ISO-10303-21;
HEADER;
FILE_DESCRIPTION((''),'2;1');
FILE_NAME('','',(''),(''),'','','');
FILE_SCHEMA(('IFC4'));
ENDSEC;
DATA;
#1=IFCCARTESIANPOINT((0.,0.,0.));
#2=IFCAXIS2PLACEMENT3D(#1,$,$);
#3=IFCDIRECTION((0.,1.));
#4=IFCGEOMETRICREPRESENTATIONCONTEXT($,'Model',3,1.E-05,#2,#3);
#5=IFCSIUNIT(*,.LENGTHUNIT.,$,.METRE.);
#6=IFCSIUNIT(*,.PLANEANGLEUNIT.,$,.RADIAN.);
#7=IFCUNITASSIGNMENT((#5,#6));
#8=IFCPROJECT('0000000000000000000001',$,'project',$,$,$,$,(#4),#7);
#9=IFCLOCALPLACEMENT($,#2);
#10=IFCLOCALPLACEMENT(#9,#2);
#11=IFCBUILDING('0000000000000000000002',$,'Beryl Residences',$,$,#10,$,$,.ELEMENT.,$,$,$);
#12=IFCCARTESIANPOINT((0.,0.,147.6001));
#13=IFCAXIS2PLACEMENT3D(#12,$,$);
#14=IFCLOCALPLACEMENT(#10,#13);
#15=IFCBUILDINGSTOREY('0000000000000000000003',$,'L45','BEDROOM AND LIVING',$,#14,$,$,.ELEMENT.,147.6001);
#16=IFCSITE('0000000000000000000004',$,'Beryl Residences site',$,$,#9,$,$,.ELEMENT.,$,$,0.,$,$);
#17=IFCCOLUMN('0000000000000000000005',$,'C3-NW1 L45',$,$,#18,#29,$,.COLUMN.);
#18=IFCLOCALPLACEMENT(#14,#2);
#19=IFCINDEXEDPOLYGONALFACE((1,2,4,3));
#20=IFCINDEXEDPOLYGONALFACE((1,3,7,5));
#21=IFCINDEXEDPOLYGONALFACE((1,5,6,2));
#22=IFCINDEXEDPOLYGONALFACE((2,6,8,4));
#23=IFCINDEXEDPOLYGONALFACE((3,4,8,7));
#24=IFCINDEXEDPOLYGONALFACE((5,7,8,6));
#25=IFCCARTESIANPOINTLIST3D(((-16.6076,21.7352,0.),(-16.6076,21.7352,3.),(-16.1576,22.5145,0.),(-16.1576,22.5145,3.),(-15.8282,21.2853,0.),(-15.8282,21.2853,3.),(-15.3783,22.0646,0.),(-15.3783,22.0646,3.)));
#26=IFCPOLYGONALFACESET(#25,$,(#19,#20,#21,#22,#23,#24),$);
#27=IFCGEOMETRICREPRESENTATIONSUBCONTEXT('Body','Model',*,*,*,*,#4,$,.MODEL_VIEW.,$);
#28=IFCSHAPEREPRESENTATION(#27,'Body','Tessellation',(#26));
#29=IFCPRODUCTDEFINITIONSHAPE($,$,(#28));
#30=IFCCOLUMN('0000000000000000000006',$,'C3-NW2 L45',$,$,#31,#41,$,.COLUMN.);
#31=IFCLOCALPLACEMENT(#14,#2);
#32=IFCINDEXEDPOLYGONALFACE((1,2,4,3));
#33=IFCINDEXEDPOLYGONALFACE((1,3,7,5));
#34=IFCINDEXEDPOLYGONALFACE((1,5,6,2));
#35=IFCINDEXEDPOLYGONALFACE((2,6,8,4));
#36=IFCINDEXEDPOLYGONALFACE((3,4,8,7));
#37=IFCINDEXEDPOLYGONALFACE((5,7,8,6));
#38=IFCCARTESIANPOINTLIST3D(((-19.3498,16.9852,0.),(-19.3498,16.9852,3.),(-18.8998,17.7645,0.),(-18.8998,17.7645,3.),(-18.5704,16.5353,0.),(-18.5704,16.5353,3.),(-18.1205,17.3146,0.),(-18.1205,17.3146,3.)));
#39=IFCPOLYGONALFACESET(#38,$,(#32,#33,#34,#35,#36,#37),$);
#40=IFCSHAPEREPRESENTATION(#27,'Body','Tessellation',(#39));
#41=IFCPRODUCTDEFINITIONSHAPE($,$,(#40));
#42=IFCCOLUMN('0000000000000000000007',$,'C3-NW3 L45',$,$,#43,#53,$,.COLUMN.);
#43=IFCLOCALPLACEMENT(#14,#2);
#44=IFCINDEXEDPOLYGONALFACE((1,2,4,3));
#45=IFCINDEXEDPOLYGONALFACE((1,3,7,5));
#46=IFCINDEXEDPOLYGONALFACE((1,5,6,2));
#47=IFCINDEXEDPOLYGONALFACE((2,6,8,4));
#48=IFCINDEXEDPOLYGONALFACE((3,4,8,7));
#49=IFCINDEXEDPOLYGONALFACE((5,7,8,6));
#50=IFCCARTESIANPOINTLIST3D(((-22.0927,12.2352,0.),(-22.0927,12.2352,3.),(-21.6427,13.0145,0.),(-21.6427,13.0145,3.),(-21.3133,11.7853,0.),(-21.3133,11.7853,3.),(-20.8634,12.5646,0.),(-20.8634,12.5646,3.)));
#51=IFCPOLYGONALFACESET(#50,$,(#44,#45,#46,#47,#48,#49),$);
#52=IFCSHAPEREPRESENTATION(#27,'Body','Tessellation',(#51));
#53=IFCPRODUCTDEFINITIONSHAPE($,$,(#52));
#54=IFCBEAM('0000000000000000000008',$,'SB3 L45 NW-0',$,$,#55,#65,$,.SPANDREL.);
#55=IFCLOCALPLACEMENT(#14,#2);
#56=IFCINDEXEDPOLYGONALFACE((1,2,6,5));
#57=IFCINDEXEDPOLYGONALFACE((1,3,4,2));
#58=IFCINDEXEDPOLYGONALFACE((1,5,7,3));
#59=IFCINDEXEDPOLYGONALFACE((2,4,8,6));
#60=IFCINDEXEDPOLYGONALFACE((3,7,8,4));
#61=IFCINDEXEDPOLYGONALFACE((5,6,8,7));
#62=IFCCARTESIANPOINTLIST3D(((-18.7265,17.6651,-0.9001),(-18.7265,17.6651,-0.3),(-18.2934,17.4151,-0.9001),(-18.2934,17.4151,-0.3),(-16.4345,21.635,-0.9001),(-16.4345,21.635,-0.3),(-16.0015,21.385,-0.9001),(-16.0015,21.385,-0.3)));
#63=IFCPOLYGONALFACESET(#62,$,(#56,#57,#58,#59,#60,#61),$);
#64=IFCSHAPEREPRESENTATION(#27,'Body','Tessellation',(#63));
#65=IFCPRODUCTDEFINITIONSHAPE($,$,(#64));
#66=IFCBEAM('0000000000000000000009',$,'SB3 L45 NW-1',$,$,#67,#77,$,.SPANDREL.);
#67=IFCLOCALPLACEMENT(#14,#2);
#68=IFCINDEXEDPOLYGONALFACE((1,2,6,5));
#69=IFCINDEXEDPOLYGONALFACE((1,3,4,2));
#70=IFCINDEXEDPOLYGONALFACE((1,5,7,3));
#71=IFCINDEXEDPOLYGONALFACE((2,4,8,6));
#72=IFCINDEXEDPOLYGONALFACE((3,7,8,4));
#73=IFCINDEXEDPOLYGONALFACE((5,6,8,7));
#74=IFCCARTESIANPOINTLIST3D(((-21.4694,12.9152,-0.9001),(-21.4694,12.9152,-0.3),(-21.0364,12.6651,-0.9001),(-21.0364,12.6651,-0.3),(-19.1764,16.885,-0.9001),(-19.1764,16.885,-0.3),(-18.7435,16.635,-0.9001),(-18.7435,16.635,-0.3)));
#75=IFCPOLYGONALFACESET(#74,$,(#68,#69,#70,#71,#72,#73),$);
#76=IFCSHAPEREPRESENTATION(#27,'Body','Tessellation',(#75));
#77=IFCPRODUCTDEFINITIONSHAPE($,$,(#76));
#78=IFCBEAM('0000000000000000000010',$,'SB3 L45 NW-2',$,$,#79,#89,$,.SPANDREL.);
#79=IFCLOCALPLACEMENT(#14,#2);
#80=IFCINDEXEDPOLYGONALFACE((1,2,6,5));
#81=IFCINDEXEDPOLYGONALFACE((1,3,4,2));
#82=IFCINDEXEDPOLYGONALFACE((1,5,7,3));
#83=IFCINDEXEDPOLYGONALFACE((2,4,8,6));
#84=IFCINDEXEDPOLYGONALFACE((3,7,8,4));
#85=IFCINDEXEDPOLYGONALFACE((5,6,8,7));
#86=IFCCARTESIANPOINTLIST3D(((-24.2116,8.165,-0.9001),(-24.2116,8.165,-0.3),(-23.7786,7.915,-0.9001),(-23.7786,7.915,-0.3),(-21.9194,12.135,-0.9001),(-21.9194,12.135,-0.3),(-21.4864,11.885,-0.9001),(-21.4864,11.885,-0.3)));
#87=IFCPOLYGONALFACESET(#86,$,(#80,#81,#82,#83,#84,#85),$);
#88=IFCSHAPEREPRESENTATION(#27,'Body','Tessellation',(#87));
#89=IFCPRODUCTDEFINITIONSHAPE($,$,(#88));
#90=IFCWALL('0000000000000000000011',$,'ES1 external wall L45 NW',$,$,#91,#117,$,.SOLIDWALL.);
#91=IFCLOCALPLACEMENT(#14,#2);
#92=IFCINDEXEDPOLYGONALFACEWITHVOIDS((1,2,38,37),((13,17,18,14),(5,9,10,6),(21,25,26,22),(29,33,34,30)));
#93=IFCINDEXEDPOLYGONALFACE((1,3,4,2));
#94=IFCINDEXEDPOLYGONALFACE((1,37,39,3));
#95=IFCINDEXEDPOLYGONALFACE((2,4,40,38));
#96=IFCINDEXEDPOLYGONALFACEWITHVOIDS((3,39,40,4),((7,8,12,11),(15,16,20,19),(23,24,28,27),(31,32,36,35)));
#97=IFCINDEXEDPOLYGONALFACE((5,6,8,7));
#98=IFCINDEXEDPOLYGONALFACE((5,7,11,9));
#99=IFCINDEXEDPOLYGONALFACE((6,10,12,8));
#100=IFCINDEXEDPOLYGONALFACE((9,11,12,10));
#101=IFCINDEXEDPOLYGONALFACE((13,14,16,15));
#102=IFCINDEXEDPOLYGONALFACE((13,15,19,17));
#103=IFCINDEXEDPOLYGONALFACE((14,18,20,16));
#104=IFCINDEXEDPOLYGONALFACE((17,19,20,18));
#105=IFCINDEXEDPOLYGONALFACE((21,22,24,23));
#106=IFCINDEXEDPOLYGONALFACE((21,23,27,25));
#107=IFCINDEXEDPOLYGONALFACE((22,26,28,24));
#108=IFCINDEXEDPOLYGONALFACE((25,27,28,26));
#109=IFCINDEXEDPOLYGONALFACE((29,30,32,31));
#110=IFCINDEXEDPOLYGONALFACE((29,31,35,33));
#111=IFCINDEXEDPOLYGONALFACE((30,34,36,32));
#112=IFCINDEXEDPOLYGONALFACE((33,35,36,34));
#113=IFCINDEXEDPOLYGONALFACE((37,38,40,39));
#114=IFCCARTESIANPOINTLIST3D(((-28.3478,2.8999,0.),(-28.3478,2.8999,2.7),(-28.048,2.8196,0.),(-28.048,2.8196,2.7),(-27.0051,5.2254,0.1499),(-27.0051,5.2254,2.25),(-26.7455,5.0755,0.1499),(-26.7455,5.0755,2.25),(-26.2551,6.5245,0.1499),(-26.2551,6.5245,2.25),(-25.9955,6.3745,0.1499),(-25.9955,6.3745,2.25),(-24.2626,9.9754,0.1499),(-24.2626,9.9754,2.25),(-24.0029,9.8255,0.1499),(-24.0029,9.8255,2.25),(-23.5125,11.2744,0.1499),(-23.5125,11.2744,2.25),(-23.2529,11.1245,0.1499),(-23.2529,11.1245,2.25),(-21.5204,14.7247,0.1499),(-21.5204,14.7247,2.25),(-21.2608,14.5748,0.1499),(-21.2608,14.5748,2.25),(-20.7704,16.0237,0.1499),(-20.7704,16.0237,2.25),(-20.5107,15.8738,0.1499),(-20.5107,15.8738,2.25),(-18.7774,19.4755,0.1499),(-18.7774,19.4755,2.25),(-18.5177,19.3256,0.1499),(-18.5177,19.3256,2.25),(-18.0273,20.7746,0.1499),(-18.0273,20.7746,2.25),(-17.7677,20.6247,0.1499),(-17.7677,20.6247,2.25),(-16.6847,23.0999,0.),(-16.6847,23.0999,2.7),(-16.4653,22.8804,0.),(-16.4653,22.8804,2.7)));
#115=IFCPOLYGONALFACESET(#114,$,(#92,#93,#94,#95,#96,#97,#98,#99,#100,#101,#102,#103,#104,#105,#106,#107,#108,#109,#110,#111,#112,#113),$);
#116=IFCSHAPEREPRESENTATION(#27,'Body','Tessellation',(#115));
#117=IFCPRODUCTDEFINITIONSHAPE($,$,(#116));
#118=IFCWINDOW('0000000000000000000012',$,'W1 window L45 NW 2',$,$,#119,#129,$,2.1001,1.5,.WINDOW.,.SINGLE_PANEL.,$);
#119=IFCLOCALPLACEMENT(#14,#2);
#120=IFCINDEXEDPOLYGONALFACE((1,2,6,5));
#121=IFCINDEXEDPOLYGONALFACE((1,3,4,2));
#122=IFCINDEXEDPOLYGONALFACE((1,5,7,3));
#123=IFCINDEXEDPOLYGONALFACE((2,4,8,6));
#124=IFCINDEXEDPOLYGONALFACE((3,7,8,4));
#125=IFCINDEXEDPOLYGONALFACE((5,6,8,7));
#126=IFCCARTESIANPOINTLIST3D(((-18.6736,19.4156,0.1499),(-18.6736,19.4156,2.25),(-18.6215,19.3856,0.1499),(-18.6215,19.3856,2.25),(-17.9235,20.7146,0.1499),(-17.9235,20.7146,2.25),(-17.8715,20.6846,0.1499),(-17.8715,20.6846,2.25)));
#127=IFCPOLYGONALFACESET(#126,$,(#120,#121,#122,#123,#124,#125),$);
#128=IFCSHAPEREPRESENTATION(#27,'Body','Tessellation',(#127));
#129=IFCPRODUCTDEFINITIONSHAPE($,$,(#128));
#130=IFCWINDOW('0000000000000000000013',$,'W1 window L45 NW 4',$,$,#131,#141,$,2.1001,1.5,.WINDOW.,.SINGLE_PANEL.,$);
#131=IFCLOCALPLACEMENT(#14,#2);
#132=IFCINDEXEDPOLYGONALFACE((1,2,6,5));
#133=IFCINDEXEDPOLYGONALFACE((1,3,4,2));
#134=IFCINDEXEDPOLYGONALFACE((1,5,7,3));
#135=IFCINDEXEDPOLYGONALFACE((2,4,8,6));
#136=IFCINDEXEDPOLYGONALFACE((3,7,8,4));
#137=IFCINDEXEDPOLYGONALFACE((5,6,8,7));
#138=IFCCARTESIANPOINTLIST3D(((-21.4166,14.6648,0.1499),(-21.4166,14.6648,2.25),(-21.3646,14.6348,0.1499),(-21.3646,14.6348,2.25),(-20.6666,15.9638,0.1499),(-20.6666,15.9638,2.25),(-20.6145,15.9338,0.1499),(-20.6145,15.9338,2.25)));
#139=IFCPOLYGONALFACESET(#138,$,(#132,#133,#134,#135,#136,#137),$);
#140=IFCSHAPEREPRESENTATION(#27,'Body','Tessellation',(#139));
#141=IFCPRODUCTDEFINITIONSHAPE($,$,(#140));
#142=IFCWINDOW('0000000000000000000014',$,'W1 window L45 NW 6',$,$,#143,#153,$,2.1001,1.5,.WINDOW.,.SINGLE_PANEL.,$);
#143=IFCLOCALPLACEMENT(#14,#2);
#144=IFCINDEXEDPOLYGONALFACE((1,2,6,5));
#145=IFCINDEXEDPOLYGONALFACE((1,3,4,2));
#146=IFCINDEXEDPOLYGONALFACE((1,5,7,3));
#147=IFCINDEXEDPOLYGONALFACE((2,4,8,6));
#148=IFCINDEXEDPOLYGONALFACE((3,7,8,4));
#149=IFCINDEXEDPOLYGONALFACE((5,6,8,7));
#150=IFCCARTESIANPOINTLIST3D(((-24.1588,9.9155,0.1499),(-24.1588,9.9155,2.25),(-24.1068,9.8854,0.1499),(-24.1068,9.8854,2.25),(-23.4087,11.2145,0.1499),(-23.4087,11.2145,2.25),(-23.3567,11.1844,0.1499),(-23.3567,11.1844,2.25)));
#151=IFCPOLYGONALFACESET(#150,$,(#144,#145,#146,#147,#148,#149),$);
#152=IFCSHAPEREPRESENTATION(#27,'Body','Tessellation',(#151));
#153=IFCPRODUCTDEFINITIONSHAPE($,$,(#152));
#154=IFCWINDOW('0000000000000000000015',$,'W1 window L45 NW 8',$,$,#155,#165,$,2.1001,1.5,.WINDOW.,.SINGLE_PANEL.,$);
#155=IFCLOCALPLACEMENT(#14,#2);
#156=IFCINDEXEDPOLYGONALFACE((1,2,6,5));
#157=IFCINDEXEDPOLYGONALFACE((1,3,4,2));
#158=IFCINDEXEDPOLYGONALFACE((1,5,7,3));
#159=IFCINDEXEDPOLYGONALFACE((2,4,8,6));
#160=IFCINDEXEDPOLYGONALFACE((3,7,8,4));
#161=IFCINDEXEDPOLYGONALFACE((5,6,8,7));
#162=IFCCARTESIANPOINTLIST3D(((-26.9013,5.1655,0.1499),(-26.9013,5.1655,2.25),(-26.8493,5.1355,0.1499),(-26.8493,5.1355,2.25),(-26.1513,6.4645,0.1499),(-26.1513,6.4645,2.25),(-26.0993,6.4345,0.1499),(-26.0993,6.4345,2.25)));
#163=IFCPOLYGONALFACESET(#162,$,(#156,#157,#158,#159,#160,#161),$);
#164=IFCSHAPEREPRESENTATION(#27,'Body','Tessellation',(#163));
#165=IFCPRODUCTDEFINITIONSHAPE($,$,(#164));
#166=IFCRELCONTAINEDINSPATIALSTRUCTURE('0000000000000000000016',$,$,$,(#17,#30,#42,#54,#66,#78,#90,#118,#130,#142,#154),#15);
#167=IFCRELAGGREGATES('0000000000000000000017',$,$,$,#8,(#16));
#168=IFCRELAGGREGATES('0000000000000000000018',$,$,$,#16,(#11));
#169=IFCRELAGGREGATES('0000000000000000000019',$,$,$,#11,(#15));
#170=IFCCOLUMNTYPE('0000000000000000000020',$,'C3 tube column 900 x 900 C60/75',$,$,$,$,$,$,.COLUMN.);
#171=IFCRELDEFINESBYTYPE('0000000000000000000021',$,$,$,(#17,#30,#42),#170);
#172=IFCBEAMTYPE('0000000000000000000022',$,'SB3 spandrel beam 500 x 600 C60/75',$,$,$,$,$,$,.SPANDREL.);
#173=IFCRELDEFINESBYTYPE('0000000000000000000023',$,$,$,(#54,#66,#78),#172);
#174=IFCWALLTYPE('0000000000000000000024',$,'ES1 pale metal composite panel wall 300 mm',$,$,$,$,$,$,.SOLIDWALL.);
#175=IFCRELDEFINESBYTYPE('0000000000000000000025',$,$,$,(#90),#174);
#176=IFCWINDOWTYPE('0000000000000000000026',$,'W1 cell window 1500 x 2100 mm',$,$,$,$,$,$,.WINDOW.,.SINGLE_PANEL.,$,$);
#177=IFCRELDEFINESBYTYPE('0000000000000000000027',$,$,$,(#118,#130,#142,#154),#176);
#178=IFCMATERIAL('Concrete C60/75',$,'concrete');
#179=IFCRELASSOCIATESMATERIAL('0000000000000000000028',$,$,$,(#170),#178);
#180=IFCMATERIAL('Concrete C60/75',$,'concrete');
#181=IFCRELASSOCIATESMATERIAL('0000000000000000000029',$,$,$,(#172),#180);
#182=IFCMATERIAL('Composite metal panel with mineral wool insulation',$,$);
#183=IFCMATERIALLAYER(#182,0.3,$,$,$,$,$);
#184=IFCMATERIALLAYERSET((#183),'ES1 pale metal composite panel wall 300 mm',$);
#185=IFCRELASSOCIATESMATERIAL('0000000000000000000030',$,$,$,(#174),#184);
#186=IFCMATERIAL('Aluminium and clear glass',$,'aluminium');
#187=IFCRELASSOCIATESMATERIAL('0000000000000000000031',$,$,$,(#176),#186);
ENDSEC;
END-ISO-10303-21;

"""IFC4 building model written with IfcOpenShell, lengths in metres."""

from ifc_helpers import new_model, si_unit, direction, frame, frame_2d, origin, origin_2d, place, context, subcontext, project, spatial, polyline, rectangle, outline, extrude, material, layer, layer_set, material_profile, profile_set, type_object, element, fill, save


model = new_model("IFC4")

# Units and contexts
model_context = context("Model", 3, precision=1e-05, world=origin(), true_north=direction((0.0, 1.0)))
body_context = subcontext(model_context, "Body", "Model", "MODEL_VIEW")
ifc_project = project(units=[si_unit("LENGTHUNIT", "METRE"), si_unit("PLANEANGLEUNIT", "RADIAN")], contexts=[model_context])

# Site, building, storey
site_placement = place(None, origin())
site = spatial("IfcSite", under=ifc_project, at=site_placement, Name="Beryl Residences site", CompositionType="ELEMENT", RefElevation=0.0)
building_placement = place(site_placement, origin())
building = spatial("IfcBuilding", under=site, at=building_placement, Name="Beryl Residences", CompositionType="ELEMENT")
storey_placement = place(building_placement, frame((0.0, 0.0, 147.6001)))
storey = spatial("IfcBuildingStorey", under=building, at=storey_placement, Name="L45", Description="BEDROOM AND LIVING", CompositionType="ELEMENT", Elevation=147.6001)

# Columns
ifc_material_1 = material(Name="Concrete C60/75", Category="concrete")
ifc_material_profile_1 = material_profile(ifc_material_1, rectangle(XDim=0.8999, YDim=0.8999, at=origin_2d()))
ifc_profile_set_1 = profile_set([ifc_material_profile_1], Name="Concrete C60/75")
column_type = type_object("IfcColumnType", Name="C3 tube column 900 x 900 C60/75", PredefinedType="COLUMN", material=ifc_profile_set_1)
for number, where, z_axis, x_axis, name in (
    (1, (-15.9929, 21.8999, 0.0), (0.0, 0.0, 1.0), (-0.5, -0.866025, 0.0), "C3-NW1 L45"),
    (2, (-18.7351, 17.1499, 0.0), (0.0, 0.0, 1.0), (-0.5, -0.866025, 0.0), "C3-NW2 L45"),
    (3, (-21.478, 12.3999, 0.0), (0.0, 0.0, 1.0), (-0.5, -0.866025, 0.0), "C3-NW3 L45"),
):
    element("IfcColumn", number, at=place(storey_placement, frame(where, z_axis=z_axis, x_axis=x_axis)), inside=storey, type_object=column_type, Name=name, PredefinedType="COLUMN", context=body_context, shape_type="SweptSolid", body=[
        extrude(rectangle(XDim=0.8999, YDim=0.8999, at=origin_2d()), origin(), (0.0, 0.0, 1.0), 3.0),
    ])

# Beams
ifc_material_2 = material(Name="Concrete C60/75", Category="concrete")
ifc_material_profile_2 = material_profile(ifc_material_2, rectangle(XDim=0.5, YDim=0.6001, at=origin_2d()))
ifc_profile_set_2 = profile_set([ifc_material_profile_2], Name="Concrete C60/75")
beam_type = type_object("IfcBeamType", Name="SB3 spandrel beam 500 x 600 C60/75", PredefinedType="SPANDREL", material=ifc_profile_set_2)
beam_1_placement = place(storey_placement, frame((-16.218, 21.51, -0.6001), z_axis=(-0.499988, -0.866032, 0.0), x_axis=(0.866032, -0.499988, 0.0)))
element("IfcBeam", 4, at=beam_1_placement, inside=storey, type_object=beam_type, Name="SB3 L45 NW-0", PredefinedType="SPANDREL", context=body_context, shape_type="SweptSolid", body=[
    extrude(rectangle(XDim=0.5, YDim=0.6001, at=origin_2d()), origin(), (0.0, 0.0, 1.0), 4.584),
])
beam_2_placement = place(storey_placement, frame((-18.96, 16.76, -0.6001), z_axis=(-0.500148, -0.86594, 0.0), x_axis=(0.86594, -0.500148, 0.0)))
element("IfcBeam", 5, at=beam_2_placement, inside=storey, type_object=beam_type, Name="SB3 L45 NW-1", PredefinedType="SPANDREL", context=body_context, shape_type="SweptSolid", body=[
    extrude(rectangle(XDim=0.5, YDim=0.6001, at=origin_2d()), origin(), (0.0, 0.0, 1.0), 4.5845),
])
beam_3_placement = place(storey_placement, frame((-21.7029, 12.01, -0.6001), z_axis=(-0.500028, -0.866009, 0.0), x_axis=(0.866009, -0.500028, 0.0)))
element("IfcBeam", 6, at=beam_3_placement, inside=storey, type_object=beam_type, Name="SB3 L45 NW-2", PredefinedType="SPANDREL", context=body_context, shape_type="SweptSolid", body=[
    extrude(rectangle(XDim=0.5, YDim=0.6001, at=origin_2d()), origin(), (0.0, 0.0, 1.0), 4.5842),
])

# Wall, openings, windows
ifc_material_3 = material(Name="Composite metal panel with mineral wool insulation")
ifc_layer_1 = layer(ifc_material_3, 0.3)
ifc_layer_set_1 = layer_set([ifc_layer_1], Name="ES1 pale metal composite panel wall 300 mm")
wall_type_1 = type_object("IfcWallType", Name="ES1 pale metal composite panel wall 300 mm", PredefinedType="SOLIDWALL", material=ifc_layer_set_1)
wall_1_placement = place(storey_placement, frame((-16.5549, 23.0249, 0.0), z_axis=(0.0, 0.0, 1.0), x_axis=(-0.500021, -0.866014, 0.0)))
wall_1 = element("IfcWall", 7, at=wall_1_placement, inside=storey, type_object=wall_type_1, Name="ES1 external wall L45 NW", PredefinedType="SOLIDWALL", context=body_context, shape_type="SweptSolid", body=[
    extrude(outline(polyline([(0.0, -0.1499), (23.3252, -0.1499), (23.2449, 0.1499), (0.0803, 0.1499), (0.0, -0.1499)])), origin(), (0.0, 0.0, 1.0), 2.7),
])
opening_1_placement = place(wall_1_placement, frame((2.6851, 0.0, 0.1499)))
opening_1 = element("IfcOpeningElement", 8, at=opening_1_placement, cuts=wall_1, PredefinedType="OPENING", context=body_context, shape_type="SweptSolid", body=[
    extrude(rectangle(XDim=1.5, YDim=2.1001, at=frame_2d((0.75, 1.05))), frame((0.0, 0.1599, 0.0), z_axis=(0.0, -1.0, 0.0), x_axis=(1.0, 0.0, 0.0)), (0.0, 0.0, 1.0), 0.3201),
])
opening_2_placement = place(wall_1_placement, frame((8.1709, 0.0, 0.1499)))
opening_2 = element("IfcOpeningElement", 9, at=opening_2_placement, cuts=wall_1, PredefinedType="OPENING", context=body_context, shape_type="SweptSolid", body=[
    extrude(rectangle(XDim=1.5, YDim=2.1001, at=frame_2d((0.75, 1.05))), frame((0.0, 0.1599, 0.0), z_axis=(0.0, -1.0, 0.0), x_axis=(1.0, 0.0, 0.0)), (0.0, 0.0, 1.0), 0.3201),
])
opening_3_placement = place(wall_1_placement, frame((13.655, 0.0, 0.1499)))
opening_3 = element("IfcOpeningElement", 10, at=opening_3_placement, cuts=wall_1, PredefinedType="OPENING", context=body_context, shape_type="SweptSolid", body=[
    extrude(rectangle(XDim=1.5, YDim=2.1001, at=frame_2d((0.75, 1.05))), frame((0.0, 0.1599, 0.0), z_axis=(0.0, -1.0, 0.0), x_axis=(1.0, 0.0, 0.0)), (0.0, 0.0, 1.0), 0.3201),
])
opening_4_placement = place(wall_1_placement, frame((19.1399, 0.0, 0.1499)))
opening_4 = element("IfcOpeningElement", 11, at=opening_4_placement, cuts=wall_1, PredefinedType="OPENING", context=body_context, shape_type="SweptSolid", body=[
    extrude(rectangle(XDim=1.5, YDim=2.1001, at=frame_2d((0.75, 1.05))), frame((0.0, 0.1599, 0.0), z_axis=(0.0, -1.0, 0.0), x_axis=(1.0, 0.0, 0.0)), (0.0, 0.0, 1.0), 0.3201),
])
ifc_material_4 = material(Name="Aluminium and clear glass", Category="aluminium")
window_type = type_object("IfcWindowType", Name="W1 cell window 1500 x 2100 mm", PartitioningType="SINGLE_PANEL", PredefinedType="WINDOW", material=ifc_material_4)
window_1_placement = place(opening_1_placement, origin())
window_1 = element("IfcWindow", 12, at=window_1_placement, inside=storey, type_object=window_type, Name="W1 window L45 NW 2", OverallHeight=2.1001, OverallWidth=1.5, PartitioningType="SINGLE_PANEL", PredefinedType="WINDOW", context=body_context, shape_type="SweptSolid", body=[
    extrude(rectangle(XDim=1.5, YDim=2.1001, at=frame_2d((0.75, 1.05))), frame((0.0, 0.03, 0.0), z_axis=(0.0, -1.0, 0.0), x_axis=(1.0, 0.0, 0.0)), (0.0, 0.0, 1.0), 0.0601),
])
fill(opening_1, window_1)
window_2_placement = place(opening_2_placement, origin())
window_2 = element("IfcWindow", 13, at=window_2_placement, inside=storey, type_object=window_type, Name="W1 window L45 NW 4", OverallHeight=2.1001, OverallWidth=1.5, PartitioningType="SINGLE_PANEL", PredefinedType="WINDOW", context=body_context, shape_type="SweptSolid", body=[
    extrude(rectangle(XDim=1.5, YDim=2.1001, at=frame_2d((0.75, 1.05))), frame((0.0, 0.03, 0.0), z_axis=(0.0, -1.0, 0.0), x_axis=(1.0, 0.0, 0.0)), (0.0, 0.0, 1.0), 0.0601),
])
fill(opening_2, window_2)
window_3_placement = place(opening_3_placement, origin())
window_3 = element("IfcWindow", 14, at=window_3_placement, inside=storey, type_object=window_type, Name="W1 window L45 NW 6", OverallHeight=2.1001, OverallWidth=1.5, PartitioningType="SINGLE_PANEL", PredefinedType="WINDOW", context=body_context, shape_type="SweptSolid", body=[
    extrude(rectangle(XDim=1.5, YDim=2.1001, at=frame_2d((0.75, 1.05))), frame((0.0, 0.03, 0.0), z_axis=(0.0, -1.0, 0.0), x_axis=(1.0, 0.0, 0.0)), (0.0, 0.0, 1.0), 0.0601),
])
fill(opening_3, window_3)
window_4_placement = place(opening_4_placement, origin())
window_4 = element("IfcWindow", 15, at=window_4_placement, inside=storey, type_object=window_type, Name="W1 window L45 NW 8", OverallHeight=2.1001, OverallWidth=1.5, PartitioningType="SINGLE_PANEL", PredefinedType="WINDOW", context=body_context, shape_type="SweptSolid", body=[
    extrude(rectangle(XDim=1.5, YDim=2.1001, at=frame_2d((0.75, 1.05))), frame((0.0, 0.03, 0.0), z_axis=(0.0, -1.0, 0.0), x_axis=(1.0, 0.0, 0.0)), (0.0, 0.0, 1.0), 0.0601),
])
fill(opening_4, window_4)

save(model, "model.ifc")
